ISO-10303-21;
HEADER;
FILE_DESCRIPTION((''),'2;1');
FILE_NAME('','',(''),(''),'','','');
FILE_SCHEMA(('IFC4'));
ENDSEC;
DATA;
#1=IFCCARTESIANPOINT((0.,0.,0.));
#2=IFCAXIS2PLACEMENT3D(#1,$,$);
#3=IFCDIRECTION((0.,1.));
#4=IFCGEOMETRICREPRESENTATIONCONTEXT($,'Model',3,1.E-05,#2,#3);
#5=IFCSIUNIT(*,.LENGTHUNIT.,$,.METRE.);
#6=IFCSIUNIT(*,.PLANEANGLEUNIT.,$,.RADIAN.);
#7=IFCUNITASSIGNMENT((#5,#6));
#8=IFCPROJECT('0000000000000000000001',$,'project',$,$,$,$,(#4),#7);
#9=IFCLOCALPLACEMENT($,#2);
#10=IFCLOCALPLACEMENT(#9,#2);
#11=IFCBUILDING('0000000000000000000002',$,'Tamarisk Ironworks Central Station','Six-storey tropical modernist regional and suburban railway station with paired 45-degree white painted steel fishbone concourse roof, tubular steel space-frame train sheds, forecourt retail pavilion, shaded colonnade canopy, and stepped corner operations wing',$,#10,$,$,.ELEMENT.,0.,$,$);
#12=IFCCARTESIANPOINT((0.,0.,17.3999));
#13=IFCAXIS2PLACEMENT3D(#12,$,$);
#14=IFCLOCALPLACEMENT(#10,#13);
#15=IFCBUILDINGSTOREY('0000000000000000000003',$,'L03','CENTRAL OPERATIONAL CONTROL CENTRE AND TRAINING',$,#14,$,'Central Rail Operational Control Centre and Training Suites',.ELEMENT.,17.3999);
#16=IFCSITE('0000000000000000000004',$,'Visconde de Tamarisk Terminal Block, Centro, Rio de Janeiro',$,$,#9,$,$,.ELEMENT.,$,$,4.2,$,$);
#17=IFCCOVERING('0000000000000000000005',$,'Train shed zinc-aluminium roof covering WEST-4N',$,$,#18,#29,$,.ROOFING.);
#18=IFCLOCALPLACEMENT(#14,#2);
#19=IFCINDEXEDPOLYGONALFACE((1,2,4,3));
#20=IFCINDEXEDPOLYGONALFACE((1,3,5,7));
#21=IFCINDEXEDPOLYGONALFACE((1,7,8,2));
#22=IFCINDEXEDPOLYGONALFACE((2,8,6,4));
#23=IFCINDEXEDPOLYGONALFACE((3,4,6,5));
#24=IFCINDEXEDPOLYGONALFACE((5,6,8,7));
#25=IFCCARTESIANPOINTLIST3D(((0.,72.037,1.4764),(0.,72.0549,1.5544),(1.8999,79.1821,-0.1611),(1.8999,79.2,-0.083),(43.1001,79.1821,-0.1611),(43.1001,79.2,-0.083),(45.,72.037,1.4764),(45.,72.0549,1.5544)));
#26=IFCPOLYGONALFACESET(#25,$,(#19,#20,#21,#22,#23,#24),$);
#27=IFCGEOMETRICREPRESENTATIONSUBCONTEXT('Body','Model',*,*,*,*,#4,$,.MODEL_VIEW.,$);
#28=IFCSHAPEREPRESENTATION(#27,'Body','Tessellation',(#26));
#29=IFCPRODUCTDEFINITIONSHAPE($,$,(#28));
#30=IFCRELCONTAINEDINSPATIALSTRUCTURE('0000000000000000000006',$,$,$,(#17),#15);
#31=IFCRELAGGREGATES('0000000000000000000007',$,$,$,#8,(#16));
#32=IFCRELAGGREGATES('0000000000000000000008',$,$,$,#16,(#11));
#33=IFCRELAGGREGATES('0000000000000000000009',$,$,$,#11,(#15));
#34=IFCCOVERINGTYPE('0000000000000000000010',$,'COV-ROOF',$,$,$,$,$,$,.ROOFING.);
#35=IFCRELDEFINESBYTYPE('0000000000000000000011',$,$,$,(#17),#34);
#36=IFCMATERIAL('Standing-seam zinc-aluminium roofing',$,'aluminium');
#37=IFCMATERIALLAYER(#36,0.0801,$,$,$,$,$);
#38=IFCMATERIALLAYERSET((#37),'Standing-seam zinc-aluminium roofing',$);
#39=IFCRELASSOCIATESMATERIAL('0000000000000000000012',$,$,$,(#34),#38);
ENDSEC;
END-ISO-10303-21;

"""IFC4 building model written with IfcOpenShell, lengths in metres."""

from ifc_helpers import new_model, si_unit, direction, frame, origin, place, context, subcontext, project, spatial, polyline, outline, extrude, material, layer, layer_set, type_object, element, save


model = new_model("IFC4")

# Units and contexts
model_context = context("Model", 3, precision=1e-05, world=origin(), true_north=direction((0.0, 1.0)))
body_context = subcontext(model_context, "Body", "Model", "MODEL_VIEW")
ifc_project = project(units=[si_unit("LENGTHUNIT", "METRE"), si_unit("PLANEANGLEUNIT", "RADIAN")], contexts=[model_context])

# Site, building, storey
site_placement = place(None, origin())
site = spatial("IfcSite", under=ifc_project, at=site_placement, Name="Visconde de Tamarisk Terminal Block, Centro, Rio de Janeiro", CompositionType="ELEMENT", RefElevation=4.2)
building_placement = place(site_placement, origin())
building = spatial("IfcBuilding", under=site, at=building_placement, Name="Tamarisk Ironworks Central Station", Description="Six-storey tropical modernist regional and suburban railway station with paired 45-degree white painted steel fishbone concourse roof, tubular steel space-frame train sheds, forecourt retail pavilion, shaded colonnade canopy, and stepped corner operations wing", CompositionType="ELEMENT", ElevationOfRefHeight=0.0)
storey_placement = place(building_placement, frame((0.0, 0.0, 17.3999)))
storey = spatial("IfcBuildingStorey", under=building, at=storey_placement, Name="L03", Description="CENTRAL OPERATIONAL CONTROL CENTRE AND TRAINING", LongName="Central Rail Operational Control Centre and Training Suites", CompositionType="ELEMENT", Elevation=17.3999)

# Covering
ifc_material_1 = material(Name="Standing-seam zinc-aluminium roofing", Category="aluminium")
ifc_layer_1 = layer(ifc_material_1, 0.0801)
ifc_layer_set_1 = layer_set([ifc_layer_1], Name="Standing-seam zinc-aluminium roofing")
covering_type = type_object("IfcCoveringType", Name="COV-ROOF", PredefinedType="ROOFING", material=ifc_layer_set_1)
covering_placement = place(storey_placement, frame((0.0, 72.0549, 1.5544), z_axis=(0.0, 0.223383, 0.974731), x_axis=(1.0, 0.0, 0.0)))
element("IfcCovering", 1, at=covering_placement, inside=storey, type_object=covering_type, Name="Train shed zinc-aluminium roof covering WEST-4N", PredefinedType="ROOFING", context=body_context, shape_type="SweptSolid", body=[
    extrude(outline(polyline([(0.0, 0.0), (45.0, 0.0), (43.1001, 7.3302), (1.8999, 7.3302), (0.0, 0.0)])), origin(), (0.0, 0.0, -1.0), 0.0801),
])

save(model, "model.ifc")
